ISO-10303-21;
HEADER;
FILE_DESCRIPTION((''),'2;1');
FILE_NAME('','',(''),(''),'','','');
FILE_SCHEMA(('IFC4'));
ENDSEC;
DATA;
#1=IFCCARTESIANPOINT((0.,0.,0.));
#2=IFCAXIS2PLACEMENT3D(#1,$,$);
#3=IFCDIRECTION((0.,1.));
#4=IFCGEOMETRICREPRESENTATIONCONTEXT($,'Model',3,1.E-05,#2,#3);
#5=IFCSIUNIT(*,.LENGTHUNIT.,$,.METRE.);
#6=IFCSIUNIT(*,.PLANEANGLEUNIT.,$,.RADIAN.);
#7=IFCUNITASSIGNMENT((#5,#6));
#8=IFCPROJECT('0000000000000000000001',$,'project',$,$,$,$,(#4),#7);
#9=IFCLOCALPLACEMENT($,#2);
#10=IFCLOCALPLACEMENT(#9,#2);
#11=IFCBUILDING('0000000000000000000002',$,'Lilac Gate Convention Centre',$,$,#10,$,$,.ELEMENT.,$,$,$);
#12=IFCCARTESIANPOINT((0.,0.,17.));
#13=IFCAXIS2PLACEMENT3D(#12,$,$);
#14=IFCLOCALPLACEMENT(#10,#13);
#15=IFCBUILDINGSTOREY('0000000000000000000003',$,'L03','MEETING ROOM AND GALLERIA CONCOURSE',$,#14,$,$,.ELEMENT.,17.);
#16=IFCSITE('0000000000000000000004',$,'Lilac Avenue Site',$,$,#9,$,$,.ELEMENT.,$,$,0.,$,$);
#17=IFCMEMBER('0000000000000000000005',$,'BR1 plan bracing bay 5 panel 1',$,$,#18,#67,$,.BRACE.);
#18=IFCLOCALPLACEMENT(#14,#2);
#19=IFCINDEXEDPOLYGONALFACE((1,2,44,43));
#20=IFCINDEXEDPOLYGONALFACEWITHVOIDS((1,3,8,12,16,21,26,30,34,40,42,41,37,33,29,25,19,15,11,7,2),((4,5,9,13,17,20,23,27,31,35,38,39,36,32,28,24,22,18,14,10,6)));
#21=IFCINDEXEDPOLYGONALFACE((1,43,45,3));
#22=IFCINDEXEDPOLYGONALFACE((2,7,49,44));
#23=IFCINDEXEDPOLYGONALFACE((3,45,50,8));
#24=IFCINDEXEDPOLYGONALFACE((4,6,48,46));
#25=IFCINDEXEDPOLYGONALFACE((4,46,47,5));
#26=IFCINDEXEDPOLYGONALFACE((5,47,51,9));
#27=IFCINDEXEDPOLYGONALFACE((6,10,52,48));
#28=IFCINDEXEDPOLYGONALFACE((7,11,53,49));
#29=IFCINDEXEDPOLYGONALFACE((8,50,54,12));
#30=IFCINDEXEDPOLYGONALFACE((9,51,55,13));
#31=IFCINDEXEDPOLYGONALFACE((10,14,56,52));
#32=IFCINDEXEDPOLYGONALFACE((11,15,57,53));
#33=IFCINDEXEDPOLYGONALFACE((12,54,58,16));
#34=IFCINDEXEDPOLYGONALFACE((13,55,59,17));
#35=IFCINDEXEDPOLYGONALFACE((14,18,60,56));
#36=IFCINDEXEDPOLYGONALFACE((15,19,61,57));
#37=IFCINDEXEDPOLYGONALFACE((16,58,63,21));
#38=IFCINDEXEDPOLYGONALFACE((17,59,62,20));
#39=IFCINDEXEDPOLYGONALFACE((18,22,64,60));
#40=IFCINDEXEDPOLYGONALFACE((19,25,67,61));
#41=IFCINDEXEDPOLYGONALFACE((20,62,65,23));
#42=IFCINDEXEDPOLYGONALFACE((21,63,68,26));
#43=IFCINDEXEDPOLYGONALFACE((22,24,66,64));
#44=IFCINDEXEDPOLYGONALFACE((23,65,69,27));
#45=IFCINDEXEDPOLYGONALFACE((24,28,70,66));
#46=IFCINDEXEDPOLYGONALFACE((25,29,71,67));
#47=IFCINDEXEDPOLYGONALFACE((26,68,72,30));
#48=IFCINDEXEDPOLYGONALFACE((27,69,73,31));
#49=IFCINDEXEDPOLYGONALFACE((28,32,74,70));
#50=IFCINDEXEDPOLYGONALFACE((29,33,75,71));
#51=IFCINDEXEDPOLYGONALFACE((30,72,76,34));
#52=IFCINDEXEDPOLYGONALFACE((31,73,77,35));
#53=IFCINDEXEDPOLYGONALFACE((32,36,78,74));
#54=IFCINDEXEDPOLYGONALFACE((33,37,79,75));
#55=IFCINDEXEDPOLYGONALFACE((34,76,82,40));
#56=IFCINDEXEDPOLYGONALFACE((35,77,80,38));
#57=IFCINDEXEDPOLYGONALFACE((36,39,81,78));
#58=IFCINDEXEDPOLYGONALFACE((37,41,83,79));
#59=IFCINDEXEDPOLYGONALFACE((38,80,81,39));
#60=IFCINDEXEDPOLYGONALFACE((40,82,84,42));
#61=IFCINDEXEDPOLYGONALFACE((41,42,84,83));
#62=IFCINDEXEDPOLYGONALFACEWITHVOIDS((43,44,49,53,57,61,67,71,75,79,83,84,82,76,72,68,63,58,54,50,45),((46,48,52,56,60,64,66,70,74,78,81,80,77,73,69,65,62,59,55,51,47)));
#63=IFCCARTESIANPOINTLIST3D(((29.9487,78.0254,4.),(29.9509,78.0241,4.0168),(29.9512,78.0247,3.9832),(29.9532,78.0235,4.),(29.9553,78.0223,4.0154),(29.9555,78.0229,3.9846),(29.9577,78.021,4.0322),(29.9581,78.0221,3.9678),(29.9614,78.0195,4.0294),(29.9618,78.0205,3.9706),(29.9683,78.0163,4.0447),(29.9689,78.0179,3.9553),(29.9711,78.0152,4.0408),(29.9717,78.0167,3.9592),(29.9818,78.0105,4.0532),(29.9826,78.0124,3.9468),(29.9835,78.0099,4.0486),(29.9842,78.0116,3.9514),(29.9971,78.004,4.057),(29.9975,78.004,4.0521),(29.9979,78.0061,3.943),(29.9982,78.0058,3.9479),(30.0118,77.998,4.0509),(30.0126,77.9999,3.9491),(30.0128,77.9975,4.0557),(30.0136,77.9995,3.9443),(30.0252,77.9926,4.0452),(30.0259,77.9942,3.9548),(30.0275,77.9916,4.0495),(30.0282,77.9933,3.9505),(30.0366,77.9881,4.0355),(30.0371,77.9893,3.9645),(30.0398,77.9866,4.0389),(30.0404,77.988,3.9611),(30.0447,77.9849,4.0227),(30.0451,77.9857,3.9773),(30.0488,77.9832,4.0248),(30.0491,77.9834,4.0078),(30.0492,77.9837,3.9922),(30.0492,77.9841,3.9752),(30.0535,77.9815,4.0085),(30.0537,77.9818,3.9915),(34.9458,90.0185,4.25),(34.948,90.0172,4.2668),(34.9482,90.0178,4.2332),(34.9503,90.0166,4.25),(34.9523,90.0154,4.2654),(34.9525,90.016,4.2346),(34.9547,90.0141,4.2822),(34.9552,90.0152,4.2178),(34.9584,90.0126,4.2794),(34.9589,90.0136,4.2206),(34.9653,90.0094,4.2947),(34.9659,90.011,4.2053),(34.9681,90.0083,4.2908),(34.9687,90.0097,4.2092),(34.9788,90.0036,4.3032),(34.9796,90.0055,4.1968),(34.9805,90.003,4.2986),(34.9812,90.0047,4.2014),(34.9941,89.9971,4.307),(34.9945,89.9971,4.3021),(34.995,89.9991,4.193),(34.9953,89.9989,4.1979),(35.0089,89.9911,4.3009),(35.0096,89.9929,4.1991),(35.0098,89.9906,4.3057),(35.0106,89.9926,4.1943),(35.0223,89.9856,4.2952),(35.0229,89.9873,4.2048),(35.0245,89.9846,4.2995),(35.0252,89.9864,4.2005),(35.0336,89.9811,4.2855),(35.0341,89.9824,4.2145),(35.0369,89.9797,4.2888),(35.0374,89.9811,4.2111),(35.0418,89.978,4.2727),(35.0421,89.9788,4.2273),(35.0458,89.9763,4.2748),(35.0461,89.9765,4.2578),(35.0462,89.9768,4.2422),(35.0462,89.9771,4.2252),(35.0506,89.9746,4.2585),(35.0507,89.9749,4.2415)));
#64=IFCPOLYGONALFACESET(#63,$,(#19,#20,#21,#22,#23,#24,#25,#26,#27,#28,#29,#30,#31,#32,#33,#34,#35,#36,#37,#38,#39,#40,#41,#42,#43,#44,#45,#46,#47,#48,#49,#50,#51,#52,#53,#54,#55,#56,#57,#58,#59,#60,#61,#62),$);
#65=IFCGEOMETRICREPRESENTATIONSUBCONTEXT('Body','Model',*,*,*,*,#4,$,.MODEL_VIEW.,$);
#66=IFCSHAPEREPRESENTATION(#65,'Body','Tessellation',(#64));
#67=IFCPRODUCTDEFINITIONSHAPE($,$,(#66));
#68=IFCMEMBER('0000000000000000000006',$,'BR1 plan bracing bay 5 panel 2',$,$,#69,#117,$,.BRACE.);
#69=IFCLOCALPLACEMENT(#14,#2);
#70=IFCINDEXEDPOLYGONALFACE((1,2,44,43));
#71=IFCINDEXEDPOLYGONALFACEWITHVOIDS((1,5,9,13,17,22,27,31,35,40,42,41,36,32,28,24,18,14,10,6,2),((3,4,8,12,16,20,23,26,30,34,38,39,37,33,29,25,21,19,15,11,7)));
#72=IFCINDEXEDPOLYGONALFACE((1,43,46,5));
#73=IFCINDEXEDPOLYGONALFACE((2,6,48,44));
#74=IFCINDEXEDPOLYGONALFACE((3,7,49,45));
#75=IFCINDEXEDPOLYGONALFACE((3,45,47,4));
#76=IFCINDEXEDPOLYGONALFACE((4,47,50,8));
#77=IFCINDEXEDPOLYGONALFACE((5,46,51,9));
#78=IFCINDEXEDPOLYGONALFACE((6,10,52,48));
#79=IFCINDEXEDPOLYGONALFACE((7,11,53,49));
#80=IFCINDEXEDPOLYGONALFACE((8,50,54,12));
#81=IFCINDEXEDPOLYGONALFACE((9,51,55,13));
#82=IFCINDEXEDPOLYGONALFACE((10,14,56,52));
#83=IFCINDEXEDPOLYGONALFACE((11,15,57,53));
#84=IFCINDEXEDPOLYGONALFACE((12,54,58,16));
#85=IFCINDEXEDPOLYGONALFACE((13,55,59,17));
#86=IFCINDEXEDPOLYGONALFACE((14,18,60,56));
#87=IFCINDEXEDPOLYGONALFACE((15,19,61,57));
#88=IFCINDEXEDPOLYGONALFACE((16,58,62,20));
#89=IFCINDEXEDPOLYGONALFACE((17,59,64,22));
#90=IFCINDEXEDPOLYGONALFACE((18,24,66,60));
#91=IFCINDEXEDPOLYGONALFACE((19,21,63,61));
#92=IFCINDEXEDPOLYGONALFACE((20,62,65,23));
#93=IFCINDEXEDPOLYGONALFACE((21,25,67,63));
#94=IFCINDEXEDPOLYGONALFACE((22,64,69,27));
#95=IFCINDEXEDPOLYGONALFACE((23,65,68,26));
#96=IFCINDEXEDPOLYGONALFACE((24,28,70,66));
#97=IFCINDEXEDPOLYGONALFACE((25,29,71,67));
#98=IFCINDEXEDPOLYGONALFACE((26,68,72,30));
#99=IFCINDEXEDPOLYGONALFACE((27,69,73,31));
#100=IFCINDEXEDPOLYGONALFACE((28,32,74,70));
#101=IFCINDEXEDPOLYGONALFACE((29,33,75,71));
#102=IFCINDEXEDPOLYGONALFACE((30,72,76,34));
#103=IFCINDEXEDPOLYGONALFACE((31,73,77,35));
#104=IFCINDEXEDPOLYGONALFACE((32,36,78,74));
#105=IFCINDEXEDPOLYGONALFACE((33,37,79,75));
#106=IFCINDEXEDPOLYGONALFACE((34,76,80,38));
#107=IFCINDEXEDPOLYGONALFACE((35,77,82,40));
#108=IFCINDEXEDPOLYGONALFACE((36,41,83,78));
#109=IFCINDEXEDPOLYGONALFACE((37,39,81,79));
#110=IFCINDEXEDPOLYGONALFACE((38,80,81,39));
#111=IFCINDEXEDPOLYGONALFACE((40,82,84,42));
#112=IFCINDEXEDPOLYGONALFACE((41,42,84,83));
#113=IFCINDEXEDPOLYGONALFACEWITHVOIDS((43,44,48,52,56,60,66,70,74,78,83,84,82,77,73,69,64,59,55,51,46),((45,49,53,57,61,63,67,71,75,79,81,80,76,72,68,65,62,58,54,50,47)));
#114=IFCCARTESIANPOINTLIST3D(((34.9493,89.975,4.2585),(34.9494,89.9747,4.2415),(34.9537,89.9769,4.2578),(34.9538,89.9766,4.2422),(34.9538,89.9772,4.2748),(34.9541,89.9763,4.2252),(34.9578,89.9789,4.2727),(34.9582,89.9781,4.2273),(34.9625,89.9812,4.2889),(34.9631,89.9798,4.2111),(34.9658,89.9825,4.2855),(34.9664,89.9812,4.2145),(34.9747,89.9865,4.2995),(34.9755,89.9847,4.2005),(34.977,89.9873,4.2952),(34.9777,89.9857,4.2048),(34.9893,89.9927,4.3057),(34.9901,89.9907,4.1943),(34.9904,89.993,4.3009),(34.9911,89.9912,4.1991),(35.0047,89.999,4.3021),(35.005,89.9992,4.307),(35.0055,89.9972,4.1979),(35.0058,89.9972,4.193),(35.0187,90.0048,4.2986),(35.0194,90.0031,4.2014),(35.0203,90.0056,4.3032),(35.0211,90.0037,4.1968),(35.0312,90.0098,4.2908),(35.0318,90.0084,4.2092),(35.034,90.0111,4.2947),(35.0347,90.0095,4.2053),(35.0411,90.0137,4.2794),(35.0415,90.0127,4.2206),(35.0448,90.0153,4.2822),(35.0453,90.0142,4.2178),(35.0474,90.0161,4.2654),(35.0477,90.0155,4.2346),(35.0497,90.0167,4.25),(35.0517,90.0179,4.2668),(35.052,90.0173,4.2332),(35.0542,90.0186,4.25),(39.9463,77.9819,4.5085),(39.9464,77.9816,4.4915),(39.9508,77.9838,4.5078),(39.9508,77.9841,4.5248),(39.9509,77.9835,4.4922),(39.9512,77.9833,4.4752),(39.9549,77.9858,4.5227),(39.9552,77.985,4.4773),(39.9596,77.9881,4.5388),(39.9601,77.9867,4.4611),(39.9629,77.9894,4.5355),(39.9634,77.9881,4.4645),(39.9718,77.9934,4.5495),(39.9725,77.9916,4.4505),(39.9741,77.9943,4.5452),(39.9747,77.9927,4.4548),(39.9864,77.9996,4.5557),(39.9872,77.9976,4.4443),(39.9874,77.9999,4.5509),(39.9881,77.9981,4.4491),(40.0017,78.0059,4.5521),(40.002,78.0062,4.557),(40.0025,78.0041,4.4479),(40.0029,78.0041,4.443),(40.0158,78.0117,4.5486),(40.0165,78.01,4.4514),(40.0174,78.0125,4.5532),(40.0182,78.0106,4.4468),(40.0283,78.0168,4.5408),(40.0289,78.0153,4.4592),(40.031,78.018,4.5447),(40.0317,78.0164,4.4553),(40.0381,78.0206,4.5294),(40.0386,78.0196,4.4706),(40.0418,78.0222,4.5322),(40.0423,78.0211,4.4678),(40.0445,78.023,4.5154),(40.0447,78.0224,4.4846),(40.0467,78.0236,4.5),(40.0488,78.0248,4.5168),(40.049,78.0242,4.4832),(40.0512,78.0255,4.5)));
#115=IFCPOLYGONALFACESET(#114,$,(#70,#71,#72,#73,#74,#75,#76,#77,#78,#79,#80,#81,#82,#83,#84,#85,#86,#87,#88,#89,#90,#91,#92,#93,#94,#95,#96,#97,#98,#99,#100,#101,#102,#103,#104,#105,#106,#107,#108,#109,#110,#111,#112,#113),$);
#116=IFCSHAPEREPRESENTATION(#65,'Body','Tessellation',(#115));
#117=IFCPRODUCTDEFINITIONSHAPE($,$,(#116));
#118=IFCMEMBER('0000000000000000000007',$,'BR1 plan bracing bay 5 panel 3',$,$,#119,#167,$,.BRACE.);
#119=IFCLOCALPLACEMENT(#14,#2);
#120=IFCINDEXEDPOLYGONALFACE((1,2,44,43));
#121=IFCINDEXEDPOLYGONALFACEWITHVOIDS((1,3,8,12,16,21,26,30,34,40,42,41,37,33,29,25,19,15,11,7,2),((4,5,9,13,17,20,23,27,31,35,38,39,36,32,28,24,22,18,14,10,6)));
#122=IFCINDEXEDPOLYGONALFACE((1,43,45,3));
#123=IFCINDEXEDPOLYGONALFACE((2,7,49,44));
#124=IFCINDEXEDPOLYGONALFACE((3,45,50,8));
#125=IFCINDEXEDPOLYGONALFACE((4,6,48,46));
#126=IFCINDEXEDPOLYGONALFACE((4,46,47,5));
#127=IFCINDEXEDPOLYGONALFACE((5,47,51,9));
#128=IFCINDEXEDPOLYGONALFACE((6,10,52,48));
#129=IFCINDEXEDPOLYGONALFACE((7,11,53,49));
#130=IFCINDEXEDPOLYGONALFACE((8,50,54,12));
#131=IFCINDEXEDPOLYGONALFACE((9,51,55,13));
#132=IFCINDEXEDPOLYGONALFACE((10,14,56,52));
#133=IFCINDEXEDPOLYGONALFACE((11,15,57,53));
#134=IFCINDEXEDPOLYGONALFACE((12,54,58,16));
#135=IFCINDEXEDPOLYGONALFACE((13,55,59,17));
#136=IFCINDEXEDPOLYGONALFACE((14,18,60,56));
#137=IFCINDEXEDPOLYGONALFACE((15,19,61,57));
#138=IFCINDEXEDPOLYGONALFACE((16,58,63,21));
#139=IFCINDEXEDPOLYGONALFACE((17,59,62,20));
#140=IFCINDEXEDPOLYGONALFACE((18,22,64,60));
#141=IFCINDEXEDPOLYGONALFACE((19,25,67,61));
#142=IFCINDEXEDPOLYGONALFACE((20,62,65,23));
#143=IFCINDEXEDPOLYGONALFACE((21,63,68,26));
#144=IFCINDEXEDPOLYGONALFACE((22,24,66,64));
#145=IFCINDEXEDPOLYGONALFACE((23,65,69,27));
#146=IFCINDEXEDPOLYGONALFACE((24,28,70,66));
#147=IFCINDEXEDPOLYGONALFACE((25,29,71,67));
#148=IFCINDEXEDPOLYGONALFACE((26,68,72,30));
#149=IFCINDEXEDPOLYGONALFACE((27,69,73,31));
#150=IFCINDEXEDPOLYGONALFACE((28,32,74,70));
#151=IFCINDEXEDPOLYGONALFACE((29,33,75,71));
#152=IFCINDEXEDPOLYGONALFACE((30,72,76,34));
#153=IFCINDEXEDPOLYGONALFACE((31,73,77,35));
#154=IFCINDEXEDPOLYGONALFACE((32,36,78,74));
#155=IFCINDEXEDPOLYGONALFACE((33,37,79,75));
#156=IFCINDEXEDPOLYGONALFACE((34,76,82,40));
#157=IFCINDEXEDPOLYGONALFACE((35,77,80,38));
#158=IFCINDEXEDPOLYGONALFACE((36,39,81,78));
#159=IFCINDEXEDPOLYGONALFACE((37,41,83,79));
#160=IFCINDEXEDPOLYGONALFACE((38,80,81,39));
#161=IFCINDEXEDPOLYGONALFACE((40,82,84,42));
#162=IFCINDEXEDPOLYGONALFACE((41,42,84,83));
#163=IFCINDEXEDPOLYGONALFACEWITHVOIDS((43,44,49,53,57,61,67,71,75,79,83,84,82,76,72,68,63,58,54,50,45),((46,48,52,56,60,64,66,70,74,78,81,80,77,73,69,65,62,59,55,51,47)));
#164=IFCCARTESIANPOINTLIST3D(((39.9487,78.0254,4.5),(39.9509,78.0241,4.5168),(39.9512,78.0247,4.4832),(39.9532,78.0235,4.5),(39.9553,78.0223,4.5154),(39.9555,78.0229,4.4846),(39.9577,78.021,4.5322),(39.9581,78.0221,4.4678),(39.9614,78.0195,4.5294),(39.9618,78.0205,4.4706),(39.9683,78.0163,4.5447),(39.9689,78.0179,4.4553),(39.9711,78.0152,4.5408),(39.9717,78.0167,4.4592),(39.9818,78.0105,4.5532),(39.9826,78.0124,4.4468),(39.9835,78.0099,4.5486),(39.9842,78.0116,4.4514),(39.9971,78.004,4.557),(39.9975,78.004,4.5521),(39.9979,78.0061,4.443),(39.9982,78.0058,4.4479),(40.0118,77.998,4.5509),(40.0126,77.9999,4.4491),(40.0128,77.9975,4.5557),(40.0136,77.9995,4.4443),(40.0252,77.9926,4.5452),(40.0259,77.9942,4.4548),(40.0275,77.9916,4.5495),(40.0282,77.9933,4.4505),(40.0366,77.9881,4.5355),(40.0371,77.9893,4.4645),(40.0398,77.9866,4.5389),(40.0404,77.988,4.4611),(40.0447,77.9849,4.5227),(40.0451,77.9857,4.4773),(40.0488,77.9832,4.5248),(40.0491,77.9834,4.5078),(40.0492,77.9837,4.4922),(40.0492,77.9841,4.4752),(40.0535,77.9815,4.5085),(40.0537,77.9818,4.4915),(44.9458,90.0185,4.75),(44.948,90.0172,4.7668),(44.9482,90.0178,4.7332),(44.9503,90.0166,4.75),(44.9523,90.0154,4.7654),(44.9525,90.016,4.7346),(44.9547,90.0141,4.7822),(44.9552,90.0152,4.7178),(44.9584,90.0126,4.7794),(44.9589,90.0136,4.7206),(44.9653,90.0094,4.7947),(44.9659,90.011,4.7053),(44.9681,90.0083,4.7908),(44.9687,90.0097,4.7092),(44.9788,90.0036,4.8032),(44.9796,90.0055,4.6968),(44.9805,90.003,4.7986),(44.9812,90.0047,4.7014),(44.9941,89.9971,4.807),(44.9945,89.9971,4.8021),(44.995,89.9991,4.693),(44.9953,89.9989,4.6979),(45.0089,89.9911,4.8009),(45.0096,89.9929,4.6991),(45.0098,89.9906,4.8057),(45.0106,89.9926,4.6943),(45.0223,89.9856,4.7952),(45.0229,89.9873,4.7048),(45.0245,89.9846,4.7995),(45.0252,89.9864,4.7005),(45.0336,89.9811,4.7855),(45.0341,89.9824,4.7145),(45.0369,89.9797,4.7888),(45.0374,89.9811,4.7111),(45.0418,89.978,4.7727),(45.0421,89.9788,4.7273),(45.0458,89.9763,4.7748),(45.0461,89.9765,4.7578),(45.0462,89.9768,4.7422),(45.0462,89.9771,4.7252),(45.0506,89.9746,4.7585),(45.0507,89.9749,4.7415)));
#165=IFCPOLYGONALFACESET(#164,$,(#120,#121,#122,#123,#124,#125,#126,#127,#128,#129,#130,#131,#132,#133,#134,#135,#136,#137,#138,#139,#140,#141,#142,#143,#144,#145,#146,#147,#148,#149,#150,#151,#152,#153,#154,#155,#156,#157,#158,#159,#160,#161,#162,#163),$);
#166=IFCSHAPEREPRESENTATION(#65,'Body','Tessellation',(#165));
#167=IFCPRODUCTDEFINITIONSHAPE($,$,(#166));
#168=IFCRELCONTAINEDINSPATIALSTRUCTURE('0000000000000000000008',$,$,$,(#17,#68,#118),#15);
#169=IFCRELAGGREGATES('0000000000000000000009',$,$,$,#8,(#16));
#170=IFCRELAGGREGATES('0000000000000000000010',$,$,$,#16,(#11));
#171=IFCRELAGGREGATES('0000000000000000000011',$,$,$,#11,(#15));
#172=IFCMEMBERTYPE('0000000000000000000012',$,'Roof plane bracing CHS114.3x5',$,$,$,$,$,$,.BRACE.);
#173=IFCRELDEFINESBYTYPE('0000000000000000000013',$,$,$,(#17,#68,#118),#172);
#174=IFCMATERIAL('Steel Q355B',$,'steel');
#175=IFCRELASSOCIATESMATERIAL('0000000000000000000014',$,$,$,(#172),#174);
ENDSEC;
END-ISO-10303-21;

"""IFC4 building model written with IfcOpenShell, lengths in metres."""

from ifc_helpers import new_model, si_unit, direction, frame, origin, origin_2d, place, context, subcontext, project, spatial, hollow_circle, extrude, material, material_profile, profile_set, type_object, element, save


model = new_model("IFC4")

# Units and contexts
model_context = context("Model", 3, precision=1e-05, world=origin(), true_north=direction((0.0, 1.0)))
body_context = subcontext(model_context, "Body", "Model", "MODEL_VIEW")
ifc_project = project(units=[si_unit("LENGTHUNIT", "METRE"), si_unit("PLANEANGLEUNIT", "RADIAN")], contexts=[model_context])

# Site, building, storey
site_placement = place(None, origin())
site = spatial("IfcSite", under=ifc_project, at=site_placement, Name="Lilac Avenue Site", CompositionType="ELEMENT", RefElevation=0.0)
building_placement = place(site_placement, origin())
building = spatial("IfcBuilding", under=site, at=building_placement, Name="Lilac Gate Convention Centre", CompositionType="ELEMENT")
storey_placement = place(building_placement, frame((0.0, 0.0, 17.0)))
storey = spatial("IfcBuildingStorey", under=building, at=storey_placement, Name="L03", Description="MEETING ROOM AND GALLERIA CONCOURSE", CompositionType="ELEMENT", Elevation=17.0)

# Members
ifc_material = material(Name="Steel Q355B", Category="steel")
ifc_material_profile_1 = material_profile(ifc_material, hollow_circle(Radius=0.0571, WallThickness=0.0049, at=origin_2d()), Name="CHS114.3x5")
ifc_profile_set_1 = profile_set([ifc_material_profile_1], Name="Steel Q355B")
member_type_1 = type_object("IfcMemberType", Name="Roof plane bracing CHS114.3x5", PredefinedType="BRACE", material=ifc_profile_set_1)
for number, where, z_axis, x_axis, name in (
    (1, (30.0015, 78.0034, 4.0), (0.384539, 0.922908, 0.019238), (-0.923079, 0.38461, 0.0), "BR1 plan bracing bay 5 panel 1"),
    (2, (35.0015, 89.9966, 4.25), (0.384539, -0.922908, 0.019238), (0.923079, 0.38461, 0.0), "BR1 plan bracing bay 5 panel 2"),
    (3, (40.0015, 78.0034, 4.5), (0.384539, 0.922908, 0.019238), (-0.923079, 0.38461, 0.0), "BR1 plan bracing bay 5 panel 3"),
):
    element("IfcMember", number, at=place(storey_placement, frame(where, z_axis=z_axis, x_axis=x_axis)), inside=storey, type_object=member_type_1, Name=name, PredefinedType="BRACE", context=body_context, shape_type="SweptSolid", body=[
        extrude(hollow_circle(Radius=0.0571, WallThickness=0.0049, at=origin_2d()), origin(), (0.0, 0.0, 1.0), 12.9949),
    ])

save(model, "model.ifc")
